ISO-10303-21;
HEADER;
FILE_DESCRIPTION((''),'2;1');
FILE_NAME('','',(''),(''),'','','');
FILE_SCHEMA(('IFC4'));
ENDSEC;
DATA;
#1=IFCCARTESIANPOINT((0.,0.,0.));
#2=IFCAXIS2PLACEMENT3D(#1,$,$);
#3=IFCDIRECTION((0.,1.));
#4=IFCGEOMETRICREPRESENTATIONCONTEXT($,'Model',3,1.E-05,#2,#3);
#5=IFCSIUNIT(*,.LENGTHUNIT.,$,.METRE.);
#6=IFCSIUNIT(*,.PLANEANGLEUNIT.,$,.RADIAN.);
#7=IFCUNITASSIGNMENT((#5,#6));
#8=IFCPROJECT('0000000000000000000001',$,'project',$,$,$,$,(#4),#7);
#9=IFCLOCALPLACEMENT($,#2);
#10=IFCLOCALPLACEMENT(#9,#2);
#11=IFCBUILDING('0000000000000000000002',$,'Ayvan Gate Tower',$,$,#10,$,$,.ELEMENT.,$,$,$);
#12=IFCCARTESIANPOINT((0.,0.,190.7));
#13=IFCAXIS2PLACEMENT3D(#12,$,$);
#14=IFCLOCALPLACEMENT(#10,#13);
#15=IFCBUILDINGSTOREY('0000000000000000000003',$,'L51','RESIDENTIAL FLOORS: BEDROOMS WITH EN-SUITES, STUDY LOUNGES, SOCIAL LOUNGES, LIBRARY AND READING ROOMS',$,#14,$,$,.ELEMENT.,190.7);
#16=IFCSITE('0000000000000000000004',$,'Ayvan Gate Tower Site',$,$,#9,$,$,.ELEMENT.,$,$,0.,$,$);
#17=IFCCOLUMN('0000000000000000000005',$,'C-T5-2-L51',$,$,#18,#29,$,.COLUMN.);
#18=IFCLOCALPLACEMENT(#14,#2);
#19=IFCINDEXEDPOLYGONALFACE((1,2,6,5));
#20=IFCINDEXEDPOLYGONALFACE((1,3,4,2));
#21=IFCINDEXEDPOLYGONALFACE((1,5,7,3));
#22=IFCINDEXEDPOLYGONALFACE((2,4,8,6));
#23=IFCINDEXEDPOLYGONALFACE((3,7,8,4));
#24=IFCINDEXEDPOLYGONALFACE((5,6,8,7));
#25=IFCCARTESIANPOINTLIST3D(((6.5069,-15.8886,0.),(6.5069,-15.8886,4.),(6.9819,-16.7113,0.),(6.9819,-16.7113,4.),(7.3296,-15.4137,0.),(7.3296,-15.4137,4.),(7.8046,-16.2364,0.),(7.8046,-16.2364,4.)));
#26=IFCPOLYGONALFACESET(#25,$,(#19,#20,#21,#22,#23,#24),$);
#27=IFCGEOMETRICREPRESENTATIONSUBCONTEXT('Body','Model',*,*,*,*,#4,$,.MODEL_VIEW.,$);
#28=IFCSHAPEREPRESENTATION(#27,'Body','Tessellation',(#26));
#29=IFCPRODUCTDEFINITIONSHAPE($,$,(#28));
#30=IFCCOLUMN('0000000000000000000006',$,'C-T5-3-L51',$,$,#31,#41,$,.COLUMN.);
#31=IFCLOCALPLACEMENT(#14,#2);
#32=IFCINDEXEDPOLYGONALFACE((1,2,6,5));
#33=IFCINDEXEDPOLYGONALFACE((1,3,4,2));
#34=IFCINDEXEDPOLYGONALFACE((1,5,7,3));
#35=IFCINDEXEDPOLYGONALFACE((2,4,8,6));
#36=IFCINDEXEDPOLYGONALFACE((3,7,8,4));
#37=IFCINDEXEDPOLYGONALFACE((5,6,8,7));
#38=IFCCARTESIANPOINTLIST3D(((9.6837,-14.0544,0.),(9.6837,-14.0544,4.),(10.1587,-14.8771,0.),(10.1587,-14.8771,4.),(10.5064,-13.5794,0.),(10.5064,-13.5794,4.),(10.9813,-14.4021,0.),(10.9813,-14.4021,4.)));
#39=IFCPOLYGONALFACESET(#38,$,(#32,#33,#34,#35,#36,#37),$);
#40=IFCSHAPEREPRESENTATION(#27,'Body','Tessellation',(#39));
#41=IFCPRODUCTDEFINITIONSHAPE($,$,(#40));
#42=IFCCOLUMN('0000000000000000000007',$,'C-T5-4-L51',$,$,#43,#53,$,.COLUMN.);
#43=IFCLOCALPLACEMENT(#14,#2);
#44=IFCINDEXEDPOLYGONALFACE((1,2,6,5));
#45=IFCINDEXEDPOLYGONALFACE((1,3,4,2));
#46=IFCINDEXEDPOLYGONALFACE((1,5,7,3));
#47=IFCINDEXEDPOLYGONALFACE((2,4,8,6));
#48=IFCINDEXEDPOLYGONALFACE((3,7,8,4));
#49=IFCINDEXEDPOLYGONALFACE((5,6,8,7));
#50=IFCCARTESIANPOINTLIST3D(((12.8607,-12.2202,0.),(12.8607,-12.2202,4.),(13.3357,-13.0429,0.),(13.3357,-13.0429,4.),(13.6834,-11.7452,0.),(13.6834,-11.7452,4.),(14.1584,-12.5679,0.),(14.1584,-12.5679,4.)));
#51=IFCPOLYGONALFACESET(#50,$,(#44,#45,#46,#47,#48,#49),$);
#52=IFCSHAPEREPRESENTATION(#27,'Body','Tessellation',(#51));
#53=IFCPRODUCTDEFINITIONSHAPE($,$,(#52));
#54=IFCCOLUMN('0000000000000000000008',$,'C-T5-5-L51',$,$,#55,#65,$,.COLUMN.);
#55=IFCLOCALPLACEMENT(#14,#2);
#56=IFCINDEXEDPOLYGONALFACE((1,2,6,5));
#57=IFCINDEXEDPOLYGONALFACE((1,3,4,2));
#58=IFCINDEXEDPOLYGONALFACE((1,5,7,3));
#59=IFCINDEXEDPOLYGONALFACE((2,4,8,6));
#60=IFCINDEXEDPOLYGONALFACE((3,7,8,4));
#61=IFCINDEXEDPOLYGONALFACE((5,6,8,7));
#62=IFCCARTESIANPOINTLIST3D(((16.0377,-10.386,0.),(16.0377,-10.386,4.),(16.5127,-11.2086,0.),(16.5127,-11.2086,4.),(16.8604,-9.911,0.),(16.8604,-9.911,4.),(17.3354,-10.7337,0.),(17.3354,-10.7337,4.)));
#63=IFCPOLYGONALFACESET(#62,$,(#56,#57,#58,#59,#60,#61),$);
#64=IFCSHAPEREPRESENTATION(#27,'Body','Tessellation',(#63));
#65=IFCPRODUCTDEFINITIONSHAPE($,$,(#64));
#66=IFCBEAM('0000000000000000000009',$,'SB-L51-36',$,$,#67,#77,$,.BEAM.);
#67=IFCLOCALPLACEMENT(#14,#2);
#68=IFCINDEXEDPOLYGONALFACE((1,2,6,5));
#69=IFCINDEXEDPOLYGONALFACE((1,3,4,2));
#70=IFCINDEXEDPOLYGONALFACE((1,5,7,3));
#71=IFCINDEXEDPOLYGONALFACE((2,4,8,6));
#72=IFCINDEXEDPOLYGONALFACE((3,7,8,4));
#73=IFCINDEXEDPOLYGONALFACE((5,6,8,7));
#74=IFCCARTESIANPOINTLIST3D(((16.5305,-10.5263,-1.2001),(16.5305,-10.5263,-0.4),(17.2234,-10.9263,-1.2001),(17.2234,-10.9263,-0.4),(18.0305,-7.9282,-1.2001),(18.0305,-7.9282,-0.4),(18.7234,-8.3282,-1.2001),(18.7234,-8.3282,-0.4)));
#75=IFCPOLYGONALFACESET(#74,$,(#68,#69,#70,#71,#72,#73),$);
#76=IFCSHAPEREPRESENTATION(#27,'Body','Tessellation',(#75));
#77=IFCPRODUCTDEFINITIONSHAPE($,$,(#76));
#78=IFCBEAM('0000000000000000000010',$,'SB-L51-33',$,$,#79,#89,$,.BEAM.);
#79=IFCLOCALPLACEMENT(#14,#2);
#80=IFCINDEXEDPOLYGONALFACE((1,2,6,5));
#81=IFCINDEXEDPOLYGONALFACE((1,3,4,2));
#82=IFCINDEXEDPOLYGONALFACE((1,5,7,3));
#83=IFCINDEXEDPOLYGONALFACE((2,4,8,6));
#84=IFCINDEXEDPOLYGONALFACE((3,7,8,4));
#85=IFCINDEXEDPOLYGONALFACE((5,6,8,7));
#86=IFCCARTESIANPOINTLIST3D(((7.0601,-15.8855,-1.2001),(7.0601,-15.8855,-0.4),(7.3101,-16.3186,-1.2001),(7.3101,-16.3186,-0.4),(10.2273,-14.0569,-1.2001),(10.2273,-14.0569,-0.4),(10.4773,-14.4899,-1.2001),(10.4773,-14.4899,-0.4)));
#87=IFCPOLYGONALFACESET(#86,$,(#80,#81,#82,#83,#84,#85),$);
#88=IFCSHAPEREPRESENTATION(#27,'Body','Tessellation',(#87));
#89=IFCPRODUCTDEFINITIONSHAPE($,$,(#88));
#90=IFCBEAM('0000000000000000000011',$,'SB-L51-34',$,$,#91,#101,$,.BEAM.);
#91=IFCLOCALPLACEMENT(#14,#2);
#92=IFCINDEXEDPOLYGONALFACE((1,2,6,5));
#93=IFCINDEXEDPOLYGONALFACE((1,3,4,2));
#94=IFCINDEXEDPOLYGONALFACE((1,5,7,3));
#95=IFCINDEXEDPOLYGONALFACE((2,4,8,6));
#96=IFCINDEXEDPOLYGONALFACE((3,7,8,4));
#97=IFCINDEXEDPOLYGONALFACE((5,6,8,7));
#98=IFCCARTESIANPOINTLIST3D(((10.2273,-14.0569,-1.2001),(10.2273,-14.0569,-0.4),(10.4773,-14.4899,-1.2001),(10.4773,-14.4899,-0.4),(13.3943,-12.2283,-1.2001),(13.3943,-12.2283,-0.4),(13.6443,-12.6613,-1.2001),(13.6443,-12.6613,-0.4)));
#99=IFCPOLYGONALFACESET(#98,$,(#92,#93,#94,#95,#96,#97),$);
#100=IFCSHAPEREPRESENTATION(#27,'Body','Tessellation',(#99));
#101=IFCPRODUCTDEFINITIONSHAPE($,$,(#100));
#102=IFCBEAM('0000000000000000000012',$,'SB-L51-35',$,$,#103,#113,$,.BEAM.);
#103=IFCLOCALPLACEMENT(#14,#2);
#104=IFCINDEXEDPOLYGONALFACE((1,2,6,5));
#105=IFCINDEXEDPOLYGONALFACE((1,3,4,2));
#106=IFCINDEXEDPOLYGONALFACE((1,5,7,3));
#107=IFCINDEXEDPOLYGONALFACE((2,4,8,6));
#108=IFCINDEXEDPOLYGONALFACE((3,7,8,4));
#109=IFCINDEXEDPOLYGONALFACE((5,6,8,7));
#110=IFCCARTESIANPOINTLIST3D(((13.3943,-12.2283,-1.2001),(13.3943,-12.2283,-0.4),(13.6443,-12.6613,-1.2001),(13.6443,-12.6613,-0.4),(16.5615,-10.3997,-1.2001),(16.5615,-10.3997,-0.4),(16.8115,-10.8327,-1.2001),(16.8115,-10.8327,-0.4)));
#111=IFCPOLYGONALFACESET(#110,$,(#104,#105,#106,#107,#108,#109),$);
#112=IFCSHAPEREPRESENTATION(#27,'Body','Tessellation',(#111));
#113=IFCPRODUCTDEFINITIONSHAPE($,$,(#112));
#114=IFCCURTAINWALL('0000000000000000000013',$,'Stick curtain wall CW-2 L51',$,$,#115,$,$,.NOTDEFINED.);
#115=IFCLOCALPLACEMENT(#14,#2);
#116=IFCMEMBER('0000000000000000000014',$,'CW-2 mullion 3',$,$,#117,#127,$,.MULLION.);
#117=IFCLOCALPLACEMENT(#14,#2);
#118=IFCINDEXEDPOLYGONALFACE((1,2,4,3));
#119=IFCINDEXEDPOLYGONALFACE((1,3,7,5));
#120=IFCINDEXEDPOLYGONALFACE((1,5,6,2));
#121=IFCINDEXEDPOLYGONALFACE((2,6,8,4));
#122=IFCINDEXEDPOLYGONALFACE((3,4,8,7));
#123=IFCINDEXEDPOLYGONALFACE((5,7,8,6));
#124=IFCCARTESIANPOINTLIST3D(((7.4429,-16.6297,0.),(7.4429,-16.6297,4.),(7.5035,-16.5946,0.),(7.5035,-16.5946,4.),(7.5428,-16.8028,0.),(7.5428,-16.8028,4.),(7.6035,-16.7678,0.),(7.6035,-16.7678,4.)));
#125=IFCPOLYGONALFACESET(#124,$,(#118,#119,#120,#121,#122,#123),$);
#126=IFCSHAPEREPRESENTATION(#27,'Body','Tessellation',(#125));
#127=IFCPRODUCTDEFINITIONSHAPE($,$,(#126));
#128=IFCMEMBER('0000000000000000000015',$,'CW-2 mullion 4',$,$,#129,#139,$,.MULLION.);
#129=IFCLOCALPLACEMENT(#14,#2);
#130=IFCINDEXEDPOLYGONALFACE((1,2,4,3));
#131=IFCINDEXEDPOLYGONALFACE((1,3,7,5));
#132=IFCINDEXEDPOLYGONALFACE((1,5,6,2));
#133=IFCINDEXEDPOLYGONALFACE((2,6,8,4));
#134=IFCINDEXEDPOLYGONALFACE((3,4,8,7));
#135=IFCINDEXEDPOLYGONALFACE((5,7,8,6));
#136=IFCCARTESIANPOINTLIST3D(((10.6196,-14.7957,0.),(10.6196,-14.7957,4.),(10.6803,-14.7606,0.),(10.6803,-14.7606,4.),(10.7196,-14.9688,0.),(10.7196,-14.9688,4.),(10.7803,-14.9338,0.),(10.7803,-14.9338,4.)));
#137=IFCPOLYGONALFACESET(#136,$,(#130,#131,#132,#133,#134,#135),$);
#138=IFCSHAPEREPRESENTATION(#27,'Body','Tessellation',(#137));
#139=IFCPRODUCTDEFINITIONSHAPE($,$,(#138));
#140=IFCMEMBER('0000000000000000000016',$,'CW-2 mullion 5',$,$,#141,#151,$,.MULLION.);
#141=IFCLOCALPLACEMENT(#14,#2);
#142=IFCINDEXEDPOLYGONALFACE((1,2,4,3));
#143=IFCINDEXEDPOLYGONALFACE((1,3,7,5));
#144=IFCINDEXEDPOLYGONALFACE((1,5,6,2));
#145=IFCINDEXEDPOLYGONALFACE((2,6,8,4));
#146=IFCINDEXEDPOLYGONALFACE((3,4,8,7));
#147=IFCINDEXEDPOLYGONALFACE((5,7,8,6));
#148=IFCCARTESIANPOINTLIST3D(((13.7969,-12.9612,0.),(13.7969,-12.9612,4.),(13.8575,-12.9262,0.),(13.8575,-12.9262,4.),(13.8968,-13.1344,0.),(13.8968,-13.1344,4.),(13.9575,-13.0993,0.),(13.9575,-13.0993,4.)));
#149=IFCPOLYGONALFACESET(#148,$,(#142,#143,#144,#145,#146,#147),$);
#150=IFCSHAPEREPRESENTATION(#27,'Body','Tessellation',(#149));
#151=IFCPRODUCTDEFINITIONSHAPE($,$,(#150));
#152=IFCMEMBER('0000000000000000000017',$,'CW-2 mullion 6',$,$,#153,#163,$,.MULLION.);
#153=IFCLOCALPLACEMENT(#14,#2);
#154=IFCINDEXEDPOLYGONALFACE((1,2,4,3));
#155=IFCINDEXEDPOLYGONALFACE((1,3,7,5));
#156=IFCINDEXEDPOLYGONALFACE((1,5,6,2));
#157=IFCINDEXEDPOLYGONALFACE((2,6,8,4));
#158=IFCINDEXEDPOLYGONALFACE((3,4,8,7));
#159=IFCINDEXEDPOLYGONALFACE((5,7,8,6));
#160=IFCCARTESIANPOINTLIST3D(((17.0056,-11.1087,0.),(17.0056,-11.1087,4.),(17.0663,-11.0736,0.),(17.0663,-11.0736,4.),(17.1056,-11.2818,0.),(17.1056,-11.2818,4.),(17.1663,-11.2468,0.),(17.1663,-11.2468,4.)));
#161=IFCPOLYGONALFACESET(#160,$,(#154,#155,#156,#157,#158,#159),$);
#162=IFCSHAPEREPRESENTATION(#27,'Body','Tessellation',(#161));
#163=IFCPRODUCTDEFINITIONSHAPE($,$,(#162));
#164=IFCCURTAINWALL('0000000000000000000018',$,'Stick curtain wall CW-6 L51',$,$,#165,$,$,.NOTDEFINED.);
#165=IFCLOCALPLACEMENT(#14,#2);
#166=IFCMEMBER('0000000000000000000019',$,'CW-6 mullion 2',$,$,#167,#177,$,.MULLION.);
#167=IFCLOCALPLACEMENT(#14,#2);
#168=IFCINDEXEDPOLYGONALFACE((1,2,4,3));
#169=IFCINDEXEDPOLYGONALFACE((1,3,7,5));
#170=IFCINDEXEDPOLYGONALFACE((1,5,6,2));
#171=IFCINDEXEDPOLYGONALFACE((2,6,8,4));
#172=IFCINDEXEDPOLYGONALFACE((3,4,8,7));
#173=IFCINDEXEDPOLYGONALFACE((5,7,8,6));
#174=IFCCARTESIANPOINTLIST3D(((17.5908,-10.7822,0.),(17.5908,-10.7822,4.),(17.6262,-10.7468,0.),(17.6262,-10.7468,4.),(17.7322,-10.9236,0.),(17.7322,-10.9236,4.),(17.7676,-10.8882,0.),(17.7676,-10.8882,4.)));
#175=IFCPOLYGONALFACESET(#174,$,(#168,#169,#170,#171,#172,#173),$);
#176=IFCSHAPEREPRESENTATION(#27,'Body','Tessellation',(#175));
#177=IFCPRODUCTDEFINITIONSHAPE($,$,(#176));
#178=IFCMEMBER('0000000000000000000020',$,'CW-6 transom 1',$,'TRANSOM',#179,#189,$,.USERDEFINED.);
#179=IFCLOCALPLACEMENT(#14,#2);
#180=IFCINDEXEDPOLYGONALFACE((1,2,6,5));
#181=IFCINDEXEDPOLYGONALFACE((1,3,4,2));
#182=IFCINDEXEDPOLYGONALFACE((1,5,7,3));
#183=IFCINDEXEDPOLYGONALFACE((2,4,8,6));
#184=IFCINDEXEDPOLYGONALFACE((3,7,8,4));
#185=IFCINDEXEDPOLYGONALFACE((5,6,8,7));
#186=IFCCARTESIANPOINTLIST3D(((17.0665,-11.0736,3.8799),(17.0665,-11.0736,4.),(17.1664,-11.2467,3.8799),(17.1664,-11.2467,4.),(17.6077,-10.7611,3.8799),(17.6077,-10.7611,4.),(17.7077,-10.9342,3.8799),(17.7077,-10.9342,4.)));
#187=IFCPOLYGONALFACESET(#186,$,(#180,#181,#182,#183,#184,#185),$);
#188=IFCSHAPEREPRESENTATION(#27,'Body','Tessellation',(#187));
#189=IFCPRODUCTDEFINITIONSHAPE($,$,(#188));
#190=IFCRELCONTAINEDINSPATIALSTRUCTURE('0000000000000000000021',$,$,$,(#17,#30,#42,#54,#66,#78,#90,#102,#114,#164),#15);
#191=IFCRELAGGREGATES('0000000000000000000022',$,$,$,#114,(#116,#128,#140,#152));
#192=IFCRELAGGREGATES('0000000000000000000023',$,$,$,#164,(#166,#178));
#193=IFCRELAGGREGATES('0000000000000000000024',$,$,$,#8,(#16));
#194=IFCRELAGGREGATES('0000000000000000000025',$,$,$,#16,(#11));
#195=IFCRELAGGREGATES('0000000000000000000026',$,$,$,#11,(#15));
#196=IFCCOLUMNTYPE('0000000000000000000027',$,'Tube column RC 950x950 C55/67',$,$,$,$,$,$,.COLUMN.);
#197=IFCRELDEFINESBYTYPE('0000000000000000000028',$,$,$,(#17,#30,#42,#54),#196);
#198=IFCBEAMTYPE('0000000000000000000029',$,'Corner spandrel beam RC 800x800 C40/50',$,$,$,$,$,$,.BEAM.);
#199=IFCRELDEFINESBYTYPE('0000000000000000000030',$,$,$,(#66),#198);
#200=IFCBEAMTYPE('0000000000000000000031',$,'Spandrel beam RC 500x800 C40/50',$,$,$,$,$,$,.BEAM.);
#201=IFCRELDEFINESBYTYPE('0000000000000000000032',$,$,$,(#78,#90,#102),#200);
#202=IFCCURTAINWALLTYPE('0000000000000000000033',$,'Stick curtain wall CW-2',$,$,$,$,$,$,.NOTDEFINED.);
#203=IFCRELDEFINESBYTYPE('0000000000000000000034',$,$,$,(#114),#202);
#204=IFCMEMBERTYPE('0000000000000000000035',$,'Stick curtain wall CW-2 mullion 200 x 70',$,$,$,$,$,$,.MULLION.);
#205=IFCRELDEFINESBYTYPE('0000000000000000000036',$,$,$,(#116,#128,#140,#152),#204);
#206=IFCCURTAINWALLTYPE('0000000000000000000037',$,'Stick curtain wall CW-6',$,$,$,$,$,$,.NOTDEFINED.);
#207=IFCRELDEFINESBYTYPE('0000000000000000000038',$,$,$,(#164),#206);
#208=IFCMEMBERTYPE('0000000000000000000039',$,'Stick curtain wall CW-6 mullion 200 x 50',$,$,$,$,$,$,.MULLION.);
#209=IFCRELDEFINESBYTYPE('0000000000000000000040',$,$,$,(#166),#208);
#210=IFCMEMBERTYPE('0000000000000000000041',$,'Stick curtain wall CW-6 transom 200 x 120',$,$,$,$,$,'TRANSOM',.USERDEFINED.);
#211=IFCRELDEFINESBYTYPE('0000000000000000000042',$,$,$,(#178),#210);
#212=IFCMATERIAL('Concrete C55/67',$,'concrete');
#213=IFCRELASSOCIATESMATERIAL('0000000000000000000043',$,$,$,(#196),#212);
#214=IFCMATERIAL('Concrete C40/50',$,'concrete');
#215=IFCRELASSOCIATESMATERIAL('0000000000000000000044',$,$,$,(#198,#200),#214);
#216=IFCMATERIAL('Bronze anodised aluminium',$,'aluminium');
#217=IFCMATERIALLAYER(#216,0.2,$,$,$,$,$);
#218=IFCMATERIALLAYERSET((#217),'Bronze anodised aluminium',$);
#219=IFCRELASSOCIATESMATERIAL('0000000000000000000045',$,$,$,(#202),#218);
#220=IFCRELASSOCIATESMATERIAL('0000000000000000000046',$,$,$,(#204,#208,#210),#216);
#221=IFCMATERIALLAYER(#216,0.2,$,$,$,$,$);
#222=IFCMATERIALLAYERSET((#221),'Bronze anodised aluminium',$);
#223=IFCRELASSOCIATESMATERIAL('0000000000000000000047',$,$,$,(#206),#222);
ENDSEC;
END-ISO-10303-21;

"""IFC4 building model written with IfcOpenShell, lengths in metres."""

from ifc_helpers import new_model, si_unit, direction, frame, origin, origin_2d, place, context, subcontext, project, spatial, rectangle, extrude, material, layer, layer_set, material_profile, profile_set, type_object, element, aggregate, save


model = new_model("IFC4")

# Units and contexts
model_context = context("Model", 3, precision=1e-05, world=origin(), true_north=direction((0.0, 1.0)))
body_context = subcontext(model_context, "Body", "Model", "MODEL_VIEW")
ifc_project = project(units=[si_unit("LENGTHUNIT", "METRE"), si_unit("PLANEANGLEUNIT", "RADIAN")], contexts=[model_context])

# Site, building, storey
site_placement = place(None, origin())
site = spatial("IfcSite", under=ifc_project, at=site_placement, Name="Ayvan Gate Tower Site", CompositionType="ELEMENT", RefElevation=0.0)
building_placement = place(site_placement, origin())
building = spatial("IfcBuilding", under=site, at=building_placement, Name="Ayvan Gate Tower", CompositionType="ELEMENT")
storey_placement = place(building_placement, frame((0.0, 0.0, 190.7)))
storey = spatial("IfcBuildingStorey", under=building, at=storey_placement, Name="L51", Description="RESIDENTIAL FLOORS: BEDROOMS WITH EN-SUITES, STUDY LOUNGES, SOCIAL LOUNGES, LIBRARY AND READING ROOMS", CompositionType="ELEMENT", Elevation=190.7)

# Columns
ifc_material_1 = material(Name="Concrete C55/67", Category="concrete")
ifc_material_profile_1 = material_profile(ifc_material_1, rectangle(XDim=0.95, YDim=0.95, at=origin_2d()), Name="RC 950x950")
ifc_profile_set_1 = profile_set([ifc_material_profile_1], Name="Concrete C55/67")
column_type = type_object("IfcColumnType", Name="Tube column RC 950x950 C55/67", PredefinedType="COLUMN", material=ifc_profile_set_1)
for number, where, z_axis, x_axis, name in (
    (1, (7.1558, -16.0625, 0.0), (0.0, 0.0, 1.0), (0.5, -0.866025, 0.0), "C-T5-2-L51"),
    (2, (10.3325, -14.2283, 0.0), (0.0, 0.0, 1.0), (0.5, -0.866025, 0.0), "C-T5-3-L51"),
    (3, (13.5095, -12.394, 0.0), (0.0, 0.0, 1.0), (0.5, -0.866025, 0.0), "C-T5-4-L51"),
    (4, (16.6865, -10.5598, 0.0), (0.0, 0.0, 1.0), (0.5, -0.866025, 0.0), "C-T5-5-L51"),
):
    element("IfcColumn", number, at=place(storey_placement, frame(where, z_axis=z_axis, x_axis=x_axis)), inside=storey, type_object=column_type, Name=name, PredefinedType="COLUMN", context=body_context, shape_type="SweptSolid", body=[
        extrude(rectangle(XDim=0.95, YDim=0.95, at=origin_2d()), origin(), (0.0, 0.0, 1.0), 4.0),
    ])

# Beams
ifc_material_2 = material(Name="Concrete C40/50", Category="concrete")
ifc_material_profile_2 = material_profile(ifc_material_2, rectangle(XDim=0.8, YDim=0.8, at=origin_2d()), Name="RC 800x800")
ifc_profile_set_2 = profile_set([ifc_material_profile_2], Name="Concrete C40/50")
beam_type_1 = type_object("IfcBeamType", Name="Corner spandrel beam RC 800x800 C40/50", PredefinedType="BEAM", material=ifc_profile_set_2)
beam_1_placement = place(storey_placement, frame((16.877, -10.7263, -0.8), z_axis=(0.49999, 0.866031, 0.0), x_axis=(-0.866031, 0.49999, 0.0)))
element("IfcBeam", 5, at=beam_1_placement, inside=storey, type_object=beam_type_1, Name="SB-L51-36", PredefinedType="BEAM", context=body_context, shape_type="SweptSolid", body=[
    extrude(rectangle(XDim=0.8, YDim=0.8, at=origin_2d()), origin(), (0.0, 0.0, 1.0), 3.0),
])
ifc_material_profile_3 = material_profile(ifc_material_2, rectangle(XDim=0.5, YDim=0.8, at=origin_2d()), Name="RC 500x800")
ifc_profile_set_3 = profile_set([ifc_material_profile_3], Name="Concrete C40/50")
beam_type_2 = type_object("IfcBeamType", Name="Spandrel beam RC 500x800 C40/50", PredefinedType="BEAM", material=ifc_profile_set_3)
beam_2_placement = place(storey_placement, frame((7.1851, -16.1021, -0.8), z_axis=(0.866024, 0.500002, 0.0), x_axis=(-0.500002, 0.866024, 0.0)))
element("IfcBeam", 6, at=beam_2_placement, inside=storey, type_object=beam_type_2, Name="SB-L51-33", PredefinedType="BEAM", context=body_context, shape_type="SweptSolid", body=[
    extrude(rectangle(XDim=0.5, YDim=0.8, at=origin_2d()), origin(), (0.0, 0.0, 1.0), 3.6572),
])
beam_3_placement = place(storey_placement, frame((10.3523, -14.2734, -0.8), z_axis=(0.866008, 0.500031, 0.0), x_axis=(-0.500031, 0.866008, 0.0)))
element("IfcBeam", 7, at=beam_3_placement, inside=storey, type_object=beam_type_2, Name="SB-L51-34", PredefinedType="BEAM", context=body_context, shape_type="SweptSolid", body=[
    extrude(rectangle(XDim=0.5, YDim=0.8, at=origin_2d()), origin(), (0.0, 0.0, 1.0), 3.657),
])
beam_4_placement = place(storey_placement, frame((13.5193, -12.4448, -0.8), z_axis=(0.866024, 0.500002, 0.0), x_axis=(-0.500002, 0.866024, 0.0)))
element("IfcBeam", 8, at=beam_4_placement, inside=storey, type_object=beam_type_2, Name="SB-L51-35", PredefinedType="BEAM", context=body_context, shape_type="SweptSolid", body=[
    extrude(rectangle(XDim=0.5, YDim=0.8, at=origin_2d()), origin(), (0.0, 0.0, 1.0), 3.6572),
])

# Curtain walls, members
ifc_material_3 = material(Name="Bronze anodised aluminium", Category="aluminium")
ifc_layer_1 = layer(ifc_material_3, 0.2)
ifc_layer_set_1 = layer_set([ifc_layer_1], Name="Bronze anodised aluminium")
curtain_wall_type_1 = type_object("IfcCurtainWallType", Name="Stick curtain wall CW-2", PredefinedType="NOTDEFINED", material=ifc_layer_set_1)
curtain_wall_1_placement = place(storey_placement, origin())
curtain_wall_1 = element("IfcCurtainWall", 9, at=curtain_wall_1_placement, inside=storey, type_object=curtain_wall_type_1, Name="Stick curtain wall CW-2 L51", PredefinedType="NOTDEFINED")
ifc_material_profile_4 = material_profile(ifc_material_3, rectangle(XDim=0.2, YDim=0.0701, at=origin_2d()), Name="Stick curtain wall CW-2 mullion 200 x 70")
ifc_profile_set_4 = profile_set([ifc_material_profile_4], Name="Bronze anodised aluminium")
member_type_1 = type_object("IfcMemberType", Name="Stick curtain wall CW-2 mullion 200 x 70", PredefinedType="MULLION", material=ifc_profile_set_4)
member_1_placement = place(storey_placement, frame((7.5232, -16.6987, 0.0), z_axis=(0.0, 0.0, 1.0), x_axis=(0.5, -0.866025, 0.0)))
member_1 = element("IfcMember", 10, at=member_1_placement, type_object=member_type_1, Name="CW-2 mullion 3", PredefinedType="MULLION", context=body_context, shape_type="SweptSolid", body=[
    extrude(rectangle(XDim=0.2, YDim=0.0701, at=origin_2d()), origin(), (0.0, 0.0, 1.0), 4.0),
])
member_2_placement = place(storey_placement, frame((10.7, -14.8647, 0.0), z_axis=(0.0, 0.0, 1.0), x_axis=(0.5, -0.866025, 0.0)))
member_2 = element("IfcMember", 11, at=member_2_placement, type_object=member_type_1, Name="CW-2 mullion 4", PredefinedType="MULLION", context=body_context, shape_type="SweptSolid", body=[
    extrude(rectangle(XDim=0.2, YDim=0.0701, at=origin_2d()), origin(), (0.0, 0.0, 1.0), 4.0),
])
member_3_placement = place(storey_placement, frame((13.8772, -13.0303, 0.0), z_axis=(0.0, 0.0, 1.0), x_axis=(0.5, -0.866025, 0.0)))
member_3 = element("IfcMember", 12, at=member_3_placement, type_object=member_type_1, Name="CW-2 mullion 5", PredefinedType="MULLION", context=body_context, shape_type="SweptSolid", body=[
    extrude(rectangle(XDim=0.2, YDim=0.0701, at=origin_2d()), origin(), (0.0, 0.0, 1.0), 4.0),
])
member_4_placement = place(storey_placement, frame((17.0859, -11.1777, 0.0), z_axis=(0.0, 0.0, 1.0), x_axis=(0.5, -0.866025, 0.0)))
member_4 = element("IfcMember", 13, at=member_4_placement, type_object=member_type_1, Name="CW-2 mullion 6", PredefinedType="MULLION", context=body_context, shape_type="SweptSolid", body=[
    extrude(rectangle(XDim=0.2, YDim=0.0701, at=origin_2d()), origin(), (0.0, 0.0, 1.0), 4.0),
])
ifc_layer_2 = layer(ifc_material_3, 0.2)
ifc_layer_set_2 = layer_set([ifc_layer_2], Name="Bronze anodised aluminium")
curtain_wall_type_2 = type_object("IfcCurtainWallType", Name="Stick curtain wall CW-6", PredefinedType="NOTDEFINED", material=ifc_layer_set_2)
curtain_wall_2_placement = place(storey_placement, origin())
curtain_wall_2 = element("IfcCurtainWall", 14, at=curtain_wall_2_placement, inside=storey, type_object=curtain_wall_type_2, Name="Stick curtain wall CW-6 L51", PredefinedType="NOTDEFINED")
ifc_material_profile_5 = material_profile(ifc_material_3, rectangle(XDim=0.2, YDim=0.05, at=origin_2d()), Name="Stick curtain wall CW-6 mullion 200 x 50")
ifc_profile_set_5 = profile_set([ifc_material_profile_5], Name="Bronze anodised aluminium")
member_type_2 = type_object("IfcMemberType", Name="Stick curtain wall CW-6 mullion 200 x 50", PredefinedType="MULLION", material=ifc_profile_set_5)
member_5_placement = place(storey_placement, frame((17.6792, -10.8352, 0.0), z_axis=(0.0, 0.0, 1.0), x_axis=(0.707107, -0.707107, 0.0)))
member_5 = element("IfcMember", 15, at=member_5_placement, type_object=member_type_2, Name="CW-6 mullion 2", PredefinedType="MULLION", context=body_context, shape_type="SweptSolid", body=[
    extrude(rectangle(XDim=0.2, YDim=0.05, at=origin_2d()), origin(), (0.0, 0.0, 1.0), 4.0),
])
ifc_material_profile_6 = material_profile(ifc_material_3, rectangle(XDim=0.2, YDim=0.1201, at=origin_2d()), Name="Stick curtain wall CW-6 transom 200 x 120")
ifc_profile_set_6 = profile_set([ifc_material_profile_6], Name="Bronze anodised aluminium")
member_type_3 = type_object("IfcMemberType", Name="Stick curtain wall CW-6 transom 200 x 120", ElementType="TRANSOM", PredefinedType="USERDEFINED", material=ifc_profile_set_6)
member_6_placement = place(storey_placement, frame((17.1165, -11.1602, 3.9399), z_axis=(0.866023, 0.500004, 0.0), x_axis=(-0.500004, 0.866023, 0.0)))
member_6 = element("IfcMember", 16, at=member_6_placement, type_object=member_type_3, Name="CW-6 transom 1", ObjectType="TRANSOM", PredefinedType="USERDEFINED", context=body_context, shape_type="SweptSolid", body=[
    extrude(rectangle(XDim=0.2, YDim=0.1201, at=origin_2d()), origin(), (0.0, 0.0, 1.0), 0.625),
])

aggregate(curtain_wall_1, [member_1, member_2, member_3, member_4])
aggregate(curtain_wall_2, [member_5, member_6])

save(model, "model.ifc")
